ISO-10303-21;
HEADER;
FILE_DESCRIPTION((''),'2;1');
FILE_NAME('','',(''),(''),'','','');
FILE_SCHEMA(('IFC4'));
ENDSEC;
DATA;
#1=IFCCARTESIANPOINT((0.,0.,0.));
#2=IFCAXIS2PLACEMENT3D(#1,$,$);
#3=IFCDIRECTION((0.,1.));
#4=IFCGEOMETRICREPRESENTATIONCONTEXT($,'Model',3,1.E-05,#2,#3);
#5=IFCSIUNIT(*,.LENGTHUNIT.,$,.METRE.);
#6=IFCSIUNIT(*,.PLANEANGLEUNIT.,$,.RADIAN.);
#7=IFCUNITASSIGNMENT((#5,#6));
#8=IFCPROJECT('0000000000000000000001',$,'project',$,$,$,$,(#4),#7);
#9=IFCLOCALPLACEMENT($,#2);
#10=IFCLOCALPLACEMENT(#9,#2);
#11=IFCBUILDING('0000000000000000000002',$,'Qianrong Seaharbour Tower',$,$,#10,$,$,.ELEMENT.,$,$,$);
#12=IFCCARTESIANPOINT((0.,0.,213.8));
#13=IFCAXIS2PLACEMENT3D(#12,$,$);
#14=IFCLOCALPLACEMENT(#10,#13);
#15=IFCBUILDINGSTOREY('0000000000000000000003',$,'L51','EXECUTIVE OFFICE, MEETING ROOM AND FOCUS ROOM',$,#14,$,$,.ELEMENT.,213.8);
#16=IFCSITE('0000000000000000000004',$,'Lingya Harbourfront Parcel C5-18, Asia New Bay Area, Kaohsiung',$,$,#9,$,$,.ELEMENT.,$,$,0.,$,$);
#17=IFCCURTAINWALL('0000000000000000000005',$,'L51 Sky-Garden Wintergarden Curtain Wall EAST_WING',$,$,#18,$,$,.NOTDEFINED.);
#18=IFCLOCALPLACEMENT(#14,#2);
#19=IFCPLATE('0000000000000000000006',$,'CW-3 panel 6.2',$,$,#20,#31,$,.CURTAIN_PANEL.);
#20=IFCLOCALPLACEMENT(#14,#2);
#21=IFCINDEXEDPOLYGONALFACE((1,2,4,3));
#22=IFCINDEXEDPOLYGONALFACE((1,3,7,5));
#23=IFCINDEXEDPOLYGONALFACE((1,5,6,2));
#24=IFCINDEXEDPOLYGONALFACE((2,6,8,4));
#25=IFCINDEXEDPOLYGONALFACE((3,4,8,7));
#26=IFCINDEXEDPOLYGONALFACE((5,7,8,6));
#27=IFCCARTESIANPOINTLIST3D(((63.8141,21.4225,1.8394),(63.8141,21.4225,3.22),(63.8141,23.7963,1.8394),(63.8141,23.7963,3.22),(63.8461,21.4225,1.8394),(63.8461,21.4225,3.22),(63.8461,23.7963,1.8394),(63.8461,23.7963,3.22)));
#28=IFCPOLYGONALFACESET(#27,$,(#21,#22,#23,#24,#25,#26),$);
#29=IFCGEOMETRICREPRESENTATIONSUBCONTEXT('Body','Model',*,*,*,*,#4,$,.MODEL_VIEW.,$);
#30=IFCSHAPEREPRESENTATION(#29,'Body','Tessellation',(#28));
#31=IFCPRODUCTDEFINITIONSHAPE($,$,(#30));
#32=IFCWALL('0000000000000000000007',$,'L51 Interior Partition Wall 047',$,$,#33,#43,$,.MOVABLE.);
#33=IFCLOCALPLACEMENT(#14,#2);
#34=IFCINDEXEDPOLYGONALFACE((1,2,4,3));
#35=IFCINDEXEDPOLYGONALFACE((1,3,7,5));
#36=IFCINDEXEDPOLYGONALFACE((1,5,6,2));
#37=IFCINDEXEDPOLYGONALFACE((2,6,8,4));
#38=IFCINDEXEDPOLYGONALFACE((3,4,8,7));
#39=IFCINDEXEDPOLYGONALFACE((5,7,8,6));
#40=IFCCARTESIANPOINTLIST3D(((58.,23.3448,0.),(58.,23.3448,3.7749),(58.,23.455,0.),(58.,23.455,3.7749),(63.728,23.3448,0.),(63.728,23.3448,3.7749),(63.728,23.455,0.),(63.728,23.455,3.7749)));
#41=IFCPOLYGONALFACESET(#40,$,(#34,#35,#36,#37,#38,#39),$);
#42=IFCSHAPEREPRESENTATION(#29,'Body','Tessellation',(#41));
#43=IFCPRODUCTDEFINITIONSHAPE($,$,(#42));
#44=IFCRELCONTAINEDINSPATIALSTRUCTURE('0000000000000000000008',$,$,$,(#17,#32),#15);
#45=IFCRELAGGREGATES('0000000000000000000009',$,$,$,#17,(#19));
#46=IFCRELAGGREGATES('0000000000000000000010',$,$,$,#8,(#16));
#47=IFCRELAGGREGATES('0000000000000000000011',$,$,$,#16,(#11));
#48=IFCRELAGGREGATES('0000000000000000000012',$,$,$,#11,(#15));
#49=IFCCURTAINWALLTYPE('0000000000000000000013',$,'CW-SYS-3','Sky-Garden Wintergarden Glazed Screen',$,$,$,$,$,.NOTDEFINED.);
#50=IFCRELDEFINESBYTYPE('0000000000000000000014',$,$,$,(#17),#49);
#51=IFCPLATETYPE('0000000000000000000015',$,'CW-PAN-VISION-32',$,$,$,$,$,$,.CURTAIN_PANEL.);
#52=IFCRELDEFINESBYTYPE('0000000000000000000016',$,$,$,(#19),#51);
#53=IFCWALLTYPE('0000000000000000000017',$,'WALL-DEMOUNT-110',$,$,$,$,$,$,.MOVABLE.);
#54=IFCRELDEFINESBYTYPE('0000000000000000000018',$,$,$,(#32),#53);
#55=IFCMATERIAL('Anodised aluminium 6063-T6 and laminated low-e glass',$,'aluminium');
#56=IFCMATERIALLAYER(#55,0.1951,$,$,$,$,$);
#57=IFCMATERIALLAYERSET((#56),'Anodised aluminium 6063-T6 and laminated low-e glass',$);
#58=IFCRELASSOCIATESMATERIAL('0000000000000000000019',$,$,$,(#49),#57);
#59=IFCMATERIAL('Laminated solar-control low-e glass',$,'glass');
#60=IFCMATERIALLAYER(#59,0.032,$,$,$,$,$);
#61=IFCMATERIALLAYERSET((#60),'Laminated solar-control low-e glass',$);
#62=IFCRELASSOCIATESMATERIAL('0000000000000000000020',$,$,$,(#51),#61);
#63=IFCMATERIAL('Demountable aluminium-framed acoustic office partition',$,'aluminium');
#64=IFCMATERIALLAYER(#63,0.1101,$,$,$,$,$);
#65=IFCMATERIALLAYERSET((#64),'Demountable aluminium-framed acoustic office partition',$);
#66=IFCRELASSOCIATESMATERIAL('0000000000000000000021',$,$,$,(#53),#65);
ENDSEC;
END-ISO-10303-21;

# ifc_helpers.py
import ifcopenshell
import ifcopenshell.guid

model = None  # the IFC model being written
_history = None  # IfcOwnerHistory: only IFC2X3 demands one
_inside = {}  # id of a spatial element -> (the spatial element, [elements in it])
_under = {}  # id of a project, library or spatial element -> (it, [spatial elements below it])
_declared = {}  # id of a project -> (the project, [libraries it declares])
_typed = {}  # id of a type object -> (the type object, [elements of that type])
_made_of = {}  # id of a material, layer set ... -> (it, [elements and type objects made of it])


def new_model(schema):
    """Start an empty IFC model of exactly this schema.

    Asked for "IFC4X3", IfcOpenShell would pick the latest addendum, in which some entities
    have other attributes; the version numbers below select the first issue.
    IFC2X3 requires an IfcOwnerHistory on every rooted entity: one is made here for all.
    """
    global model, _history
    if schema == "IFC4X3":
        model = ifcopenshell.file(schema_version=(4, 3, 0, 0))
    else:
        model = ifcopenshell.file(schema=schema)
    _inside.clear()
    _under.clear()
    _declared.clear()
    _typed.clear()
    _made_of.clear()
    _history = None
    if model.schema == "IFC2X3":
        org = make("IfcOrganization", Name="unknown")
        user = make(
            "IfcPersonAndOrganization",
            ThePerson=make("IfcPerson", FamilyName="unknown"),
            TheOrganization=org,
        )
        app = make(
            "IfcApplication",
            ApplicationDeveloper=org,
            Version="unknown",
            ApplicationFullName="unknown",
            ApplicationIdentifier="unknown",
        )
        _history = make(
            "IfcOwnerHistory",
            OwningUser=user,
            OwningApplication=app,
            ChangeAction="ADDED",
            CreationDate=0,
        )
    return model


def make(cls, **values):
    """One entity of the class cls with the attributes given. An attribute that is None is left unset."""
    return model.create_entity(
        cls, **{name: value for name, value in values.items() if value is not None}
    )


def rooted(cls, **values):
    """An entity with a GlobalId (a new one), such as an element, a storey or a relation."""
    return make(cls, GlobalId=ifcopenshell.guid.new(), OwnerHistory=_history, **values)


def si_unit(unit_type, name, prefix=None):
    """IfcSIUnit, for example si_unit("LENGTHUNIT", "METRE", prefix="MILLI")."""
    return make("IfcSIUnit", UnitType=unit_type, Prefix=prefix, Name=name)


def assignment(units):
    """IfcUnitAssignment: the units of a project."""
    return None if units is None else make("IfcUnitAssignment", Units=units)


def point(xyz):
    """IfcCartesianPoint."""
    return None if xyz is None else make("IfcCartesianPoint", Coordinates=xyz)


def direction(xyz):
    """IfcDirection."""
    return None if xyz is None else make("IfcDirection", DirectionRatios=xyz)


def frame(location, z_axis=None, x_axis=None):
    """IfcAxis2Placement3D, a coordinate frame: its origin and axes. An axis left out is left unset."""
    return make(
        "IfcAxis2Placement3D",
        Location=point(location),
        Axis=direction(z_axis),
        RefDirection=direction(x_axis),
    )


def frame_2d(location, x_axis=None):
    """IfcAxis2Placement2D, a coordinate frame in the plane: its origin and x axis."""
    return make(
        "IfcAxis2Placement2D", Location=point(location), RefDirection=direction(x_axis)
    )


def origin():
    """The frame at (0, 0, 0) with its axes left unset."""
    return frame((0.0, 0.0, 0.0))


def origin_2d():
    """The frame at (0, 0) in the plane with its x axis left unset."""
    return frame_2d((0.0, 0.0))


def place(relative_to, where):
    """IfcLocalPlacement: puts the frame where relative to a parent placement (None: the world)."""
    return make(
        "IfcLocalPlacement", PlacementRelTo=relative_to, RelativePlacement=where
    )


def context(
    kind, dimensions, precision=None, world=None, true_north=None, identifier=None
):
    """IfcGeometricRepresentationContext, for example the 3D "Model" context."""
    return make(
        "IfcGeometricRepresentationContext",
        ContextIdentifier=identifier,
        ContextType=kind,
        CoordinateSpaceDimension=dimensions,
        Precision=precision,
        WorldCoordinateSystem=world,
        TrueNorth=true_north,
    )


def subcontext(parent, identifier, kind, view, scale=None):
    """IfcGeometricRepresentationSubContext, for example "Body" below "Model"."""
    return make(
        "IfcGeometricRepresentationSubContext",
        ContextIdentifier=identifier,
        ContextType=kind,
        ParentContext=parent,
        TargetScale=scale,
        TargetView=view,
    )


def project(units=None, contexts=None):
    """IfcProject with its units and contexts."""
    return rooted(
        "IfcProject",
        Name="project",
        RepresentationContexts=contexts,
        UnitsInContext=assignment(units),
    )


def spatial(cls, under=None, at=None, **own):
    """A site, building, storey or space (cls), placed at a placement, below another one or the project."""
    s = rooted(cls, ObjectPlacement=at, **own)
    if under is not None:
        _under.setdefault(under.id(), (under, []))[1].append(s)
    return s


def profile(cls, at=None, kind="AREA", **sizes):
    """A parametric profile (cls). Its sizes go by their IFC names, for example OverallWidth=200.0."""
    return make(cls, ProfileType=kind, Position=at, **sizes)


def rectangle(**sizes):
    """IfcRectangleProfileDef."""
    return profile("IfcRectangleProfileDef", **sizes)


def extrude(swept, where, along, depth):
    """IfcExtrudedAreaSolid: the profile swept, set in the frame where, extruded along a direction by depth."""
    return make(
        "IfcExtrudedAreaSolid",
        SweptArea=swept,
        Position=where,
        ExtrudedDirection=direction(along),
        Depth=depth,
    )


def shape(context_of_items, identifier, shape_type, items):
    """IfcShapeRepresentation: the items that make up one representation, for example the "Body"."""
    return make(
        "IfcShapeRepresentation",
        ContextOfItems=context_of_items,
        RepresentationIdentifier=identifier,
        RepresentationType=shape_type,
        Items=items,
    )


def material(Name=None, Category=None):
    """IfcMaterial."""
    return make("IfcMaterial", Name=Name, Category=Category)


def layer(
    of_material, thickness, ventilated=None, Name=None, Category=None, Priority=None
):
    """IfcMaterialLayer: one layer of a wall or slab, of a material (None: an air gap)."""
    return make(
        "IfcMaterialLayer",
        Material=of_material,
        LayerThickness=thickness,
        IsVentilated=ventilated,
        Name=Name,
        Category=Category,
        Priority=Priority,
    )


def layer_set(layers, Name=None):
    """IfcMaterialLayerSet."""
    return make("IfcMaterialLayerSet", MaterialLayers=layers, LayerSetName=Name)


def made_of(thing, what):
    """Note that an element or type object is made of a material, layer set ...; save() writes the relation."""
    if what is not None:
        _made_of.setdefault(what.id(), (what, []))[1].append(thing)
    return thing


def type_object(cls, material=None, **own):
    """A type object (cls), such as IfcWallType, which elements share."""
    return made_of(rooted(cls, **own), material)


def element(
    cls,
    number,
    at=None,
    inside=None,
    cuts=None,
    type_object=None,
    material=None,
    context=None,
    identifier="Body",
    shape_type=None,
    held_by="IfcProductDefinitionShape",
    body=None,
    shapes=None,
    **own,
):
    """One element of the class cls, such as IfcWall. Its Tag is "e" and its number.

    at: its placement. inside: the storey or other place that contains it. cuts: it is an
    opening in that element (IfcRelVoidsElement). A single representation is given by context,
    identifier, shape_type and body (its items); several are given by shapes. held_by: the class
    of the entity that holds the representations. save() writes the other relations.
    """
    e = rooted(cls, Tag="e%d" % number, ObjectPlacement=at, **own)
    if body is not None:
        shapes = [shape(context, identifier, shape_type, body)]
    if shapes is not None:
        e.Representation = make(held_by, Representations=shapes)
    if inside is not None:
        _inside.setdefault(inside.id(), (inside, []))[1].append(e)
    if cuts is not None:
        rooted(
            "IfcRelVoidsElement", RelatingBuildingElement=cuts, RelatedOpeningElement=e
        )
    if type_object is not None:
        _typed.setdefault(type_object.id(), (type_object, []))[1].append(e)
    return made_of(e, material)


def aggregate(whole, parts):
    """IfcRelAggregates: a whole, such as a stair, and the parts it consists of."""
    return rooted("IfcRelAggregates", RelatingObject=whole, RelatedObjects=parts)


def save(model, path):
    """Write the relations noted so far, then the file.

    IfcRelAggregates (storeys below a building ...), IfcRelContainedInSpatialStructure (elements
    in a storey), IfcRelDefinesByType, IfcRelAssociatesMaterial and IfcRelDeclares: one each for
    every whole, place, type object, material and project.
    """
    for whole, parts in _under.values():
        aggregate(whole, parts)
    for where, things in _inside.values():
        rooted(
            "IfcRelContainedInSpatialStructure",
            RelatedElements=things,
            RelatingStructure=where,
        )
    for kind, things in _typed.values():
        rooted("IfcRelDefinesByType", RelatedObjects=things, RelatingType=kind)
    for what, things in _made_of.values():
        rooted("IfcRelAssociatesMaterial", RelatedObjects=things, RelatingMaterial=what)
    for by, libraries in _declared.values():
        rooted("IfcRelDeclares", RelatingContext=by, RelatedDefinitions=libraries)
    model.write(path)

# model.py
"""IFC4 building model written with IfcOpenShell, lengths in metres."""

from ifc_helpers import new_model, si_unit, direction, frame, frame_2d, origin, origin_2d, place, context, subcontext, project, spatial, rectangle, extrude, material, layer, layer_set, type_object, element, aggregate, save


model = new_model("IFC4")

# Units and contexts
model_context = context("Model", 3, precision=1e-05, world=origin(), true_north=direction((0.0, 1.0)))
body_context = subcontext(model_context, "Body", "Model", "MODEL_VIEW")
ifc_project = project(units=[si_unit("LENGTHUNIT", "METRE"), si_unit("PLANEANGLEUNIT", "RADIAN")], contexts=[model_context])

# Site, building, storey
site_placement = place(None, origin())
site = spatial("IfcSite", under=ifc_project, at=site_placement, Name="Lingya Harbourfront Parcel C5-18, Asia New Bay Area, Kaohsiung", CompositionType="ELEMENT", RefElevation=0.0)
building_placement = place(site_placement, origin())
building = spatial("IfcBuilding", under=site, at=building_placement, Name="Qianrong Seaharbour Tower", CompositionType="ELEMENT")
storey_placement = place(building_placement, frame((0.0, 0.0, 213.8)))
storey = spatial("IfcBuildingStorey", under=building, at=storey_placement, Name="L51", Description="EXECUTIVE OFFICE, MEETING ROOM AND FOCUS ROOM", CompositionType="ELEMENT", Elevation=213.8)

# Curtain wall, plate
ifc_material_1 = material(Name="Anodised aluminium 6063-T6 and laminated low-e glass", Category="aluminium")
ifc_layer_1 = layer(ifc_material_1, 0.1951)
ifc_layer_set_1 = layer_set([ifc_layer_1], Name="Anodised aluminium 6063-T6 and laminated low-e glass")
curtain_wall_type = type_object("IfcCurtainWallType", Name="CW-SYS-3", Description="Sky-Garden Wintergarden Glazed Screen", PredefinedType="NOTDEFINED", material=ifc_layer_set_1)
curtain_wall_placement = place(storey_placement, origin())
curtain_wall = element("IfcCurtainWall", 1, at=curtain_wall_placement, inside=storey, type_object=curtain_wall_type, Name="L51 Sky-Garden Wintergarden Curtain Wall EAST_WING", PredefinedType="NOTDEFINED")
ifc_material_2 = material(Name="Laminated solar-control low-e glass", Category="glass")
ifc_layer_2 = layer(ifc_material_2, 0.032)
ifc_layer_set_2 = layer_set([ifc_layer_2], Name="Laminated solar-control low-e glass")
plate_type = type_object("IfcPlateType", Name="CW-PAN-VISION-32", PredefinedType="CURTAIN_PANEL", material=ifc_layer_set_2)
plate_1_placement = place(storey_placement, frame((63.8301, 22.6094, 1.8394), z_axis=(0.0, 0.0, 1.0), x_axis=(0.0, -1.0, 0.0)))
plate_1 = element("IfcPlate", 2, at=plate_1_placement, type_object=plate_type, Name="CW-3 panel 6.2", PredefinedType="CURTAIN_PANEL", context=body_context, shape_type="SweptSolid", body=[
    extrude(rectangle(XDim=2.3738, YDim=0.032, at=origin_2d()), origin(), (0.0, 0.0, 1.0), 1.3806),
])
aggregate(curtain_wall, [plate_1])

# Wall
ifc_material_3 = material(Name="Demountable aluminium-framed acoustic office partition", Category="aluminium")
ifc_layer_3 = layer(ifc_material_3, 0.1101)
ifc_layer_set_3 = layer_set([ifc_layer_3], Name="Demountable aluminium-framed acoustic office partition")
wall_type_1 = type_object("IfcWallType", Name="WALL-DEMOUNT-110", PredefinedType="MOVABLE", material=ifc_layer_set_3)
wall_1_placement = place(storey_placement, frame((63.728, 23.3999, 0.0), z_axis=(0.0, 0.0, 1.0), x_axis=(-1.0, 0.0, 0.0)))
element("IfcWall", 3, at=wall_1_placement, inside=storey, type_object=wall_type_1, Name="L51 Interior Partition Wall 047", PredefinedType="MOVABLE", context=body_context, shape_type="SweptSolid", body=[
    extrude(rectangle(XDim=5.728, YDim=0.1101, at=frame_2d((2.864, 0.0))), origin(), (0.0, 0.0, 1.0), 3.7749),
])

save(model, "model.ifc")
